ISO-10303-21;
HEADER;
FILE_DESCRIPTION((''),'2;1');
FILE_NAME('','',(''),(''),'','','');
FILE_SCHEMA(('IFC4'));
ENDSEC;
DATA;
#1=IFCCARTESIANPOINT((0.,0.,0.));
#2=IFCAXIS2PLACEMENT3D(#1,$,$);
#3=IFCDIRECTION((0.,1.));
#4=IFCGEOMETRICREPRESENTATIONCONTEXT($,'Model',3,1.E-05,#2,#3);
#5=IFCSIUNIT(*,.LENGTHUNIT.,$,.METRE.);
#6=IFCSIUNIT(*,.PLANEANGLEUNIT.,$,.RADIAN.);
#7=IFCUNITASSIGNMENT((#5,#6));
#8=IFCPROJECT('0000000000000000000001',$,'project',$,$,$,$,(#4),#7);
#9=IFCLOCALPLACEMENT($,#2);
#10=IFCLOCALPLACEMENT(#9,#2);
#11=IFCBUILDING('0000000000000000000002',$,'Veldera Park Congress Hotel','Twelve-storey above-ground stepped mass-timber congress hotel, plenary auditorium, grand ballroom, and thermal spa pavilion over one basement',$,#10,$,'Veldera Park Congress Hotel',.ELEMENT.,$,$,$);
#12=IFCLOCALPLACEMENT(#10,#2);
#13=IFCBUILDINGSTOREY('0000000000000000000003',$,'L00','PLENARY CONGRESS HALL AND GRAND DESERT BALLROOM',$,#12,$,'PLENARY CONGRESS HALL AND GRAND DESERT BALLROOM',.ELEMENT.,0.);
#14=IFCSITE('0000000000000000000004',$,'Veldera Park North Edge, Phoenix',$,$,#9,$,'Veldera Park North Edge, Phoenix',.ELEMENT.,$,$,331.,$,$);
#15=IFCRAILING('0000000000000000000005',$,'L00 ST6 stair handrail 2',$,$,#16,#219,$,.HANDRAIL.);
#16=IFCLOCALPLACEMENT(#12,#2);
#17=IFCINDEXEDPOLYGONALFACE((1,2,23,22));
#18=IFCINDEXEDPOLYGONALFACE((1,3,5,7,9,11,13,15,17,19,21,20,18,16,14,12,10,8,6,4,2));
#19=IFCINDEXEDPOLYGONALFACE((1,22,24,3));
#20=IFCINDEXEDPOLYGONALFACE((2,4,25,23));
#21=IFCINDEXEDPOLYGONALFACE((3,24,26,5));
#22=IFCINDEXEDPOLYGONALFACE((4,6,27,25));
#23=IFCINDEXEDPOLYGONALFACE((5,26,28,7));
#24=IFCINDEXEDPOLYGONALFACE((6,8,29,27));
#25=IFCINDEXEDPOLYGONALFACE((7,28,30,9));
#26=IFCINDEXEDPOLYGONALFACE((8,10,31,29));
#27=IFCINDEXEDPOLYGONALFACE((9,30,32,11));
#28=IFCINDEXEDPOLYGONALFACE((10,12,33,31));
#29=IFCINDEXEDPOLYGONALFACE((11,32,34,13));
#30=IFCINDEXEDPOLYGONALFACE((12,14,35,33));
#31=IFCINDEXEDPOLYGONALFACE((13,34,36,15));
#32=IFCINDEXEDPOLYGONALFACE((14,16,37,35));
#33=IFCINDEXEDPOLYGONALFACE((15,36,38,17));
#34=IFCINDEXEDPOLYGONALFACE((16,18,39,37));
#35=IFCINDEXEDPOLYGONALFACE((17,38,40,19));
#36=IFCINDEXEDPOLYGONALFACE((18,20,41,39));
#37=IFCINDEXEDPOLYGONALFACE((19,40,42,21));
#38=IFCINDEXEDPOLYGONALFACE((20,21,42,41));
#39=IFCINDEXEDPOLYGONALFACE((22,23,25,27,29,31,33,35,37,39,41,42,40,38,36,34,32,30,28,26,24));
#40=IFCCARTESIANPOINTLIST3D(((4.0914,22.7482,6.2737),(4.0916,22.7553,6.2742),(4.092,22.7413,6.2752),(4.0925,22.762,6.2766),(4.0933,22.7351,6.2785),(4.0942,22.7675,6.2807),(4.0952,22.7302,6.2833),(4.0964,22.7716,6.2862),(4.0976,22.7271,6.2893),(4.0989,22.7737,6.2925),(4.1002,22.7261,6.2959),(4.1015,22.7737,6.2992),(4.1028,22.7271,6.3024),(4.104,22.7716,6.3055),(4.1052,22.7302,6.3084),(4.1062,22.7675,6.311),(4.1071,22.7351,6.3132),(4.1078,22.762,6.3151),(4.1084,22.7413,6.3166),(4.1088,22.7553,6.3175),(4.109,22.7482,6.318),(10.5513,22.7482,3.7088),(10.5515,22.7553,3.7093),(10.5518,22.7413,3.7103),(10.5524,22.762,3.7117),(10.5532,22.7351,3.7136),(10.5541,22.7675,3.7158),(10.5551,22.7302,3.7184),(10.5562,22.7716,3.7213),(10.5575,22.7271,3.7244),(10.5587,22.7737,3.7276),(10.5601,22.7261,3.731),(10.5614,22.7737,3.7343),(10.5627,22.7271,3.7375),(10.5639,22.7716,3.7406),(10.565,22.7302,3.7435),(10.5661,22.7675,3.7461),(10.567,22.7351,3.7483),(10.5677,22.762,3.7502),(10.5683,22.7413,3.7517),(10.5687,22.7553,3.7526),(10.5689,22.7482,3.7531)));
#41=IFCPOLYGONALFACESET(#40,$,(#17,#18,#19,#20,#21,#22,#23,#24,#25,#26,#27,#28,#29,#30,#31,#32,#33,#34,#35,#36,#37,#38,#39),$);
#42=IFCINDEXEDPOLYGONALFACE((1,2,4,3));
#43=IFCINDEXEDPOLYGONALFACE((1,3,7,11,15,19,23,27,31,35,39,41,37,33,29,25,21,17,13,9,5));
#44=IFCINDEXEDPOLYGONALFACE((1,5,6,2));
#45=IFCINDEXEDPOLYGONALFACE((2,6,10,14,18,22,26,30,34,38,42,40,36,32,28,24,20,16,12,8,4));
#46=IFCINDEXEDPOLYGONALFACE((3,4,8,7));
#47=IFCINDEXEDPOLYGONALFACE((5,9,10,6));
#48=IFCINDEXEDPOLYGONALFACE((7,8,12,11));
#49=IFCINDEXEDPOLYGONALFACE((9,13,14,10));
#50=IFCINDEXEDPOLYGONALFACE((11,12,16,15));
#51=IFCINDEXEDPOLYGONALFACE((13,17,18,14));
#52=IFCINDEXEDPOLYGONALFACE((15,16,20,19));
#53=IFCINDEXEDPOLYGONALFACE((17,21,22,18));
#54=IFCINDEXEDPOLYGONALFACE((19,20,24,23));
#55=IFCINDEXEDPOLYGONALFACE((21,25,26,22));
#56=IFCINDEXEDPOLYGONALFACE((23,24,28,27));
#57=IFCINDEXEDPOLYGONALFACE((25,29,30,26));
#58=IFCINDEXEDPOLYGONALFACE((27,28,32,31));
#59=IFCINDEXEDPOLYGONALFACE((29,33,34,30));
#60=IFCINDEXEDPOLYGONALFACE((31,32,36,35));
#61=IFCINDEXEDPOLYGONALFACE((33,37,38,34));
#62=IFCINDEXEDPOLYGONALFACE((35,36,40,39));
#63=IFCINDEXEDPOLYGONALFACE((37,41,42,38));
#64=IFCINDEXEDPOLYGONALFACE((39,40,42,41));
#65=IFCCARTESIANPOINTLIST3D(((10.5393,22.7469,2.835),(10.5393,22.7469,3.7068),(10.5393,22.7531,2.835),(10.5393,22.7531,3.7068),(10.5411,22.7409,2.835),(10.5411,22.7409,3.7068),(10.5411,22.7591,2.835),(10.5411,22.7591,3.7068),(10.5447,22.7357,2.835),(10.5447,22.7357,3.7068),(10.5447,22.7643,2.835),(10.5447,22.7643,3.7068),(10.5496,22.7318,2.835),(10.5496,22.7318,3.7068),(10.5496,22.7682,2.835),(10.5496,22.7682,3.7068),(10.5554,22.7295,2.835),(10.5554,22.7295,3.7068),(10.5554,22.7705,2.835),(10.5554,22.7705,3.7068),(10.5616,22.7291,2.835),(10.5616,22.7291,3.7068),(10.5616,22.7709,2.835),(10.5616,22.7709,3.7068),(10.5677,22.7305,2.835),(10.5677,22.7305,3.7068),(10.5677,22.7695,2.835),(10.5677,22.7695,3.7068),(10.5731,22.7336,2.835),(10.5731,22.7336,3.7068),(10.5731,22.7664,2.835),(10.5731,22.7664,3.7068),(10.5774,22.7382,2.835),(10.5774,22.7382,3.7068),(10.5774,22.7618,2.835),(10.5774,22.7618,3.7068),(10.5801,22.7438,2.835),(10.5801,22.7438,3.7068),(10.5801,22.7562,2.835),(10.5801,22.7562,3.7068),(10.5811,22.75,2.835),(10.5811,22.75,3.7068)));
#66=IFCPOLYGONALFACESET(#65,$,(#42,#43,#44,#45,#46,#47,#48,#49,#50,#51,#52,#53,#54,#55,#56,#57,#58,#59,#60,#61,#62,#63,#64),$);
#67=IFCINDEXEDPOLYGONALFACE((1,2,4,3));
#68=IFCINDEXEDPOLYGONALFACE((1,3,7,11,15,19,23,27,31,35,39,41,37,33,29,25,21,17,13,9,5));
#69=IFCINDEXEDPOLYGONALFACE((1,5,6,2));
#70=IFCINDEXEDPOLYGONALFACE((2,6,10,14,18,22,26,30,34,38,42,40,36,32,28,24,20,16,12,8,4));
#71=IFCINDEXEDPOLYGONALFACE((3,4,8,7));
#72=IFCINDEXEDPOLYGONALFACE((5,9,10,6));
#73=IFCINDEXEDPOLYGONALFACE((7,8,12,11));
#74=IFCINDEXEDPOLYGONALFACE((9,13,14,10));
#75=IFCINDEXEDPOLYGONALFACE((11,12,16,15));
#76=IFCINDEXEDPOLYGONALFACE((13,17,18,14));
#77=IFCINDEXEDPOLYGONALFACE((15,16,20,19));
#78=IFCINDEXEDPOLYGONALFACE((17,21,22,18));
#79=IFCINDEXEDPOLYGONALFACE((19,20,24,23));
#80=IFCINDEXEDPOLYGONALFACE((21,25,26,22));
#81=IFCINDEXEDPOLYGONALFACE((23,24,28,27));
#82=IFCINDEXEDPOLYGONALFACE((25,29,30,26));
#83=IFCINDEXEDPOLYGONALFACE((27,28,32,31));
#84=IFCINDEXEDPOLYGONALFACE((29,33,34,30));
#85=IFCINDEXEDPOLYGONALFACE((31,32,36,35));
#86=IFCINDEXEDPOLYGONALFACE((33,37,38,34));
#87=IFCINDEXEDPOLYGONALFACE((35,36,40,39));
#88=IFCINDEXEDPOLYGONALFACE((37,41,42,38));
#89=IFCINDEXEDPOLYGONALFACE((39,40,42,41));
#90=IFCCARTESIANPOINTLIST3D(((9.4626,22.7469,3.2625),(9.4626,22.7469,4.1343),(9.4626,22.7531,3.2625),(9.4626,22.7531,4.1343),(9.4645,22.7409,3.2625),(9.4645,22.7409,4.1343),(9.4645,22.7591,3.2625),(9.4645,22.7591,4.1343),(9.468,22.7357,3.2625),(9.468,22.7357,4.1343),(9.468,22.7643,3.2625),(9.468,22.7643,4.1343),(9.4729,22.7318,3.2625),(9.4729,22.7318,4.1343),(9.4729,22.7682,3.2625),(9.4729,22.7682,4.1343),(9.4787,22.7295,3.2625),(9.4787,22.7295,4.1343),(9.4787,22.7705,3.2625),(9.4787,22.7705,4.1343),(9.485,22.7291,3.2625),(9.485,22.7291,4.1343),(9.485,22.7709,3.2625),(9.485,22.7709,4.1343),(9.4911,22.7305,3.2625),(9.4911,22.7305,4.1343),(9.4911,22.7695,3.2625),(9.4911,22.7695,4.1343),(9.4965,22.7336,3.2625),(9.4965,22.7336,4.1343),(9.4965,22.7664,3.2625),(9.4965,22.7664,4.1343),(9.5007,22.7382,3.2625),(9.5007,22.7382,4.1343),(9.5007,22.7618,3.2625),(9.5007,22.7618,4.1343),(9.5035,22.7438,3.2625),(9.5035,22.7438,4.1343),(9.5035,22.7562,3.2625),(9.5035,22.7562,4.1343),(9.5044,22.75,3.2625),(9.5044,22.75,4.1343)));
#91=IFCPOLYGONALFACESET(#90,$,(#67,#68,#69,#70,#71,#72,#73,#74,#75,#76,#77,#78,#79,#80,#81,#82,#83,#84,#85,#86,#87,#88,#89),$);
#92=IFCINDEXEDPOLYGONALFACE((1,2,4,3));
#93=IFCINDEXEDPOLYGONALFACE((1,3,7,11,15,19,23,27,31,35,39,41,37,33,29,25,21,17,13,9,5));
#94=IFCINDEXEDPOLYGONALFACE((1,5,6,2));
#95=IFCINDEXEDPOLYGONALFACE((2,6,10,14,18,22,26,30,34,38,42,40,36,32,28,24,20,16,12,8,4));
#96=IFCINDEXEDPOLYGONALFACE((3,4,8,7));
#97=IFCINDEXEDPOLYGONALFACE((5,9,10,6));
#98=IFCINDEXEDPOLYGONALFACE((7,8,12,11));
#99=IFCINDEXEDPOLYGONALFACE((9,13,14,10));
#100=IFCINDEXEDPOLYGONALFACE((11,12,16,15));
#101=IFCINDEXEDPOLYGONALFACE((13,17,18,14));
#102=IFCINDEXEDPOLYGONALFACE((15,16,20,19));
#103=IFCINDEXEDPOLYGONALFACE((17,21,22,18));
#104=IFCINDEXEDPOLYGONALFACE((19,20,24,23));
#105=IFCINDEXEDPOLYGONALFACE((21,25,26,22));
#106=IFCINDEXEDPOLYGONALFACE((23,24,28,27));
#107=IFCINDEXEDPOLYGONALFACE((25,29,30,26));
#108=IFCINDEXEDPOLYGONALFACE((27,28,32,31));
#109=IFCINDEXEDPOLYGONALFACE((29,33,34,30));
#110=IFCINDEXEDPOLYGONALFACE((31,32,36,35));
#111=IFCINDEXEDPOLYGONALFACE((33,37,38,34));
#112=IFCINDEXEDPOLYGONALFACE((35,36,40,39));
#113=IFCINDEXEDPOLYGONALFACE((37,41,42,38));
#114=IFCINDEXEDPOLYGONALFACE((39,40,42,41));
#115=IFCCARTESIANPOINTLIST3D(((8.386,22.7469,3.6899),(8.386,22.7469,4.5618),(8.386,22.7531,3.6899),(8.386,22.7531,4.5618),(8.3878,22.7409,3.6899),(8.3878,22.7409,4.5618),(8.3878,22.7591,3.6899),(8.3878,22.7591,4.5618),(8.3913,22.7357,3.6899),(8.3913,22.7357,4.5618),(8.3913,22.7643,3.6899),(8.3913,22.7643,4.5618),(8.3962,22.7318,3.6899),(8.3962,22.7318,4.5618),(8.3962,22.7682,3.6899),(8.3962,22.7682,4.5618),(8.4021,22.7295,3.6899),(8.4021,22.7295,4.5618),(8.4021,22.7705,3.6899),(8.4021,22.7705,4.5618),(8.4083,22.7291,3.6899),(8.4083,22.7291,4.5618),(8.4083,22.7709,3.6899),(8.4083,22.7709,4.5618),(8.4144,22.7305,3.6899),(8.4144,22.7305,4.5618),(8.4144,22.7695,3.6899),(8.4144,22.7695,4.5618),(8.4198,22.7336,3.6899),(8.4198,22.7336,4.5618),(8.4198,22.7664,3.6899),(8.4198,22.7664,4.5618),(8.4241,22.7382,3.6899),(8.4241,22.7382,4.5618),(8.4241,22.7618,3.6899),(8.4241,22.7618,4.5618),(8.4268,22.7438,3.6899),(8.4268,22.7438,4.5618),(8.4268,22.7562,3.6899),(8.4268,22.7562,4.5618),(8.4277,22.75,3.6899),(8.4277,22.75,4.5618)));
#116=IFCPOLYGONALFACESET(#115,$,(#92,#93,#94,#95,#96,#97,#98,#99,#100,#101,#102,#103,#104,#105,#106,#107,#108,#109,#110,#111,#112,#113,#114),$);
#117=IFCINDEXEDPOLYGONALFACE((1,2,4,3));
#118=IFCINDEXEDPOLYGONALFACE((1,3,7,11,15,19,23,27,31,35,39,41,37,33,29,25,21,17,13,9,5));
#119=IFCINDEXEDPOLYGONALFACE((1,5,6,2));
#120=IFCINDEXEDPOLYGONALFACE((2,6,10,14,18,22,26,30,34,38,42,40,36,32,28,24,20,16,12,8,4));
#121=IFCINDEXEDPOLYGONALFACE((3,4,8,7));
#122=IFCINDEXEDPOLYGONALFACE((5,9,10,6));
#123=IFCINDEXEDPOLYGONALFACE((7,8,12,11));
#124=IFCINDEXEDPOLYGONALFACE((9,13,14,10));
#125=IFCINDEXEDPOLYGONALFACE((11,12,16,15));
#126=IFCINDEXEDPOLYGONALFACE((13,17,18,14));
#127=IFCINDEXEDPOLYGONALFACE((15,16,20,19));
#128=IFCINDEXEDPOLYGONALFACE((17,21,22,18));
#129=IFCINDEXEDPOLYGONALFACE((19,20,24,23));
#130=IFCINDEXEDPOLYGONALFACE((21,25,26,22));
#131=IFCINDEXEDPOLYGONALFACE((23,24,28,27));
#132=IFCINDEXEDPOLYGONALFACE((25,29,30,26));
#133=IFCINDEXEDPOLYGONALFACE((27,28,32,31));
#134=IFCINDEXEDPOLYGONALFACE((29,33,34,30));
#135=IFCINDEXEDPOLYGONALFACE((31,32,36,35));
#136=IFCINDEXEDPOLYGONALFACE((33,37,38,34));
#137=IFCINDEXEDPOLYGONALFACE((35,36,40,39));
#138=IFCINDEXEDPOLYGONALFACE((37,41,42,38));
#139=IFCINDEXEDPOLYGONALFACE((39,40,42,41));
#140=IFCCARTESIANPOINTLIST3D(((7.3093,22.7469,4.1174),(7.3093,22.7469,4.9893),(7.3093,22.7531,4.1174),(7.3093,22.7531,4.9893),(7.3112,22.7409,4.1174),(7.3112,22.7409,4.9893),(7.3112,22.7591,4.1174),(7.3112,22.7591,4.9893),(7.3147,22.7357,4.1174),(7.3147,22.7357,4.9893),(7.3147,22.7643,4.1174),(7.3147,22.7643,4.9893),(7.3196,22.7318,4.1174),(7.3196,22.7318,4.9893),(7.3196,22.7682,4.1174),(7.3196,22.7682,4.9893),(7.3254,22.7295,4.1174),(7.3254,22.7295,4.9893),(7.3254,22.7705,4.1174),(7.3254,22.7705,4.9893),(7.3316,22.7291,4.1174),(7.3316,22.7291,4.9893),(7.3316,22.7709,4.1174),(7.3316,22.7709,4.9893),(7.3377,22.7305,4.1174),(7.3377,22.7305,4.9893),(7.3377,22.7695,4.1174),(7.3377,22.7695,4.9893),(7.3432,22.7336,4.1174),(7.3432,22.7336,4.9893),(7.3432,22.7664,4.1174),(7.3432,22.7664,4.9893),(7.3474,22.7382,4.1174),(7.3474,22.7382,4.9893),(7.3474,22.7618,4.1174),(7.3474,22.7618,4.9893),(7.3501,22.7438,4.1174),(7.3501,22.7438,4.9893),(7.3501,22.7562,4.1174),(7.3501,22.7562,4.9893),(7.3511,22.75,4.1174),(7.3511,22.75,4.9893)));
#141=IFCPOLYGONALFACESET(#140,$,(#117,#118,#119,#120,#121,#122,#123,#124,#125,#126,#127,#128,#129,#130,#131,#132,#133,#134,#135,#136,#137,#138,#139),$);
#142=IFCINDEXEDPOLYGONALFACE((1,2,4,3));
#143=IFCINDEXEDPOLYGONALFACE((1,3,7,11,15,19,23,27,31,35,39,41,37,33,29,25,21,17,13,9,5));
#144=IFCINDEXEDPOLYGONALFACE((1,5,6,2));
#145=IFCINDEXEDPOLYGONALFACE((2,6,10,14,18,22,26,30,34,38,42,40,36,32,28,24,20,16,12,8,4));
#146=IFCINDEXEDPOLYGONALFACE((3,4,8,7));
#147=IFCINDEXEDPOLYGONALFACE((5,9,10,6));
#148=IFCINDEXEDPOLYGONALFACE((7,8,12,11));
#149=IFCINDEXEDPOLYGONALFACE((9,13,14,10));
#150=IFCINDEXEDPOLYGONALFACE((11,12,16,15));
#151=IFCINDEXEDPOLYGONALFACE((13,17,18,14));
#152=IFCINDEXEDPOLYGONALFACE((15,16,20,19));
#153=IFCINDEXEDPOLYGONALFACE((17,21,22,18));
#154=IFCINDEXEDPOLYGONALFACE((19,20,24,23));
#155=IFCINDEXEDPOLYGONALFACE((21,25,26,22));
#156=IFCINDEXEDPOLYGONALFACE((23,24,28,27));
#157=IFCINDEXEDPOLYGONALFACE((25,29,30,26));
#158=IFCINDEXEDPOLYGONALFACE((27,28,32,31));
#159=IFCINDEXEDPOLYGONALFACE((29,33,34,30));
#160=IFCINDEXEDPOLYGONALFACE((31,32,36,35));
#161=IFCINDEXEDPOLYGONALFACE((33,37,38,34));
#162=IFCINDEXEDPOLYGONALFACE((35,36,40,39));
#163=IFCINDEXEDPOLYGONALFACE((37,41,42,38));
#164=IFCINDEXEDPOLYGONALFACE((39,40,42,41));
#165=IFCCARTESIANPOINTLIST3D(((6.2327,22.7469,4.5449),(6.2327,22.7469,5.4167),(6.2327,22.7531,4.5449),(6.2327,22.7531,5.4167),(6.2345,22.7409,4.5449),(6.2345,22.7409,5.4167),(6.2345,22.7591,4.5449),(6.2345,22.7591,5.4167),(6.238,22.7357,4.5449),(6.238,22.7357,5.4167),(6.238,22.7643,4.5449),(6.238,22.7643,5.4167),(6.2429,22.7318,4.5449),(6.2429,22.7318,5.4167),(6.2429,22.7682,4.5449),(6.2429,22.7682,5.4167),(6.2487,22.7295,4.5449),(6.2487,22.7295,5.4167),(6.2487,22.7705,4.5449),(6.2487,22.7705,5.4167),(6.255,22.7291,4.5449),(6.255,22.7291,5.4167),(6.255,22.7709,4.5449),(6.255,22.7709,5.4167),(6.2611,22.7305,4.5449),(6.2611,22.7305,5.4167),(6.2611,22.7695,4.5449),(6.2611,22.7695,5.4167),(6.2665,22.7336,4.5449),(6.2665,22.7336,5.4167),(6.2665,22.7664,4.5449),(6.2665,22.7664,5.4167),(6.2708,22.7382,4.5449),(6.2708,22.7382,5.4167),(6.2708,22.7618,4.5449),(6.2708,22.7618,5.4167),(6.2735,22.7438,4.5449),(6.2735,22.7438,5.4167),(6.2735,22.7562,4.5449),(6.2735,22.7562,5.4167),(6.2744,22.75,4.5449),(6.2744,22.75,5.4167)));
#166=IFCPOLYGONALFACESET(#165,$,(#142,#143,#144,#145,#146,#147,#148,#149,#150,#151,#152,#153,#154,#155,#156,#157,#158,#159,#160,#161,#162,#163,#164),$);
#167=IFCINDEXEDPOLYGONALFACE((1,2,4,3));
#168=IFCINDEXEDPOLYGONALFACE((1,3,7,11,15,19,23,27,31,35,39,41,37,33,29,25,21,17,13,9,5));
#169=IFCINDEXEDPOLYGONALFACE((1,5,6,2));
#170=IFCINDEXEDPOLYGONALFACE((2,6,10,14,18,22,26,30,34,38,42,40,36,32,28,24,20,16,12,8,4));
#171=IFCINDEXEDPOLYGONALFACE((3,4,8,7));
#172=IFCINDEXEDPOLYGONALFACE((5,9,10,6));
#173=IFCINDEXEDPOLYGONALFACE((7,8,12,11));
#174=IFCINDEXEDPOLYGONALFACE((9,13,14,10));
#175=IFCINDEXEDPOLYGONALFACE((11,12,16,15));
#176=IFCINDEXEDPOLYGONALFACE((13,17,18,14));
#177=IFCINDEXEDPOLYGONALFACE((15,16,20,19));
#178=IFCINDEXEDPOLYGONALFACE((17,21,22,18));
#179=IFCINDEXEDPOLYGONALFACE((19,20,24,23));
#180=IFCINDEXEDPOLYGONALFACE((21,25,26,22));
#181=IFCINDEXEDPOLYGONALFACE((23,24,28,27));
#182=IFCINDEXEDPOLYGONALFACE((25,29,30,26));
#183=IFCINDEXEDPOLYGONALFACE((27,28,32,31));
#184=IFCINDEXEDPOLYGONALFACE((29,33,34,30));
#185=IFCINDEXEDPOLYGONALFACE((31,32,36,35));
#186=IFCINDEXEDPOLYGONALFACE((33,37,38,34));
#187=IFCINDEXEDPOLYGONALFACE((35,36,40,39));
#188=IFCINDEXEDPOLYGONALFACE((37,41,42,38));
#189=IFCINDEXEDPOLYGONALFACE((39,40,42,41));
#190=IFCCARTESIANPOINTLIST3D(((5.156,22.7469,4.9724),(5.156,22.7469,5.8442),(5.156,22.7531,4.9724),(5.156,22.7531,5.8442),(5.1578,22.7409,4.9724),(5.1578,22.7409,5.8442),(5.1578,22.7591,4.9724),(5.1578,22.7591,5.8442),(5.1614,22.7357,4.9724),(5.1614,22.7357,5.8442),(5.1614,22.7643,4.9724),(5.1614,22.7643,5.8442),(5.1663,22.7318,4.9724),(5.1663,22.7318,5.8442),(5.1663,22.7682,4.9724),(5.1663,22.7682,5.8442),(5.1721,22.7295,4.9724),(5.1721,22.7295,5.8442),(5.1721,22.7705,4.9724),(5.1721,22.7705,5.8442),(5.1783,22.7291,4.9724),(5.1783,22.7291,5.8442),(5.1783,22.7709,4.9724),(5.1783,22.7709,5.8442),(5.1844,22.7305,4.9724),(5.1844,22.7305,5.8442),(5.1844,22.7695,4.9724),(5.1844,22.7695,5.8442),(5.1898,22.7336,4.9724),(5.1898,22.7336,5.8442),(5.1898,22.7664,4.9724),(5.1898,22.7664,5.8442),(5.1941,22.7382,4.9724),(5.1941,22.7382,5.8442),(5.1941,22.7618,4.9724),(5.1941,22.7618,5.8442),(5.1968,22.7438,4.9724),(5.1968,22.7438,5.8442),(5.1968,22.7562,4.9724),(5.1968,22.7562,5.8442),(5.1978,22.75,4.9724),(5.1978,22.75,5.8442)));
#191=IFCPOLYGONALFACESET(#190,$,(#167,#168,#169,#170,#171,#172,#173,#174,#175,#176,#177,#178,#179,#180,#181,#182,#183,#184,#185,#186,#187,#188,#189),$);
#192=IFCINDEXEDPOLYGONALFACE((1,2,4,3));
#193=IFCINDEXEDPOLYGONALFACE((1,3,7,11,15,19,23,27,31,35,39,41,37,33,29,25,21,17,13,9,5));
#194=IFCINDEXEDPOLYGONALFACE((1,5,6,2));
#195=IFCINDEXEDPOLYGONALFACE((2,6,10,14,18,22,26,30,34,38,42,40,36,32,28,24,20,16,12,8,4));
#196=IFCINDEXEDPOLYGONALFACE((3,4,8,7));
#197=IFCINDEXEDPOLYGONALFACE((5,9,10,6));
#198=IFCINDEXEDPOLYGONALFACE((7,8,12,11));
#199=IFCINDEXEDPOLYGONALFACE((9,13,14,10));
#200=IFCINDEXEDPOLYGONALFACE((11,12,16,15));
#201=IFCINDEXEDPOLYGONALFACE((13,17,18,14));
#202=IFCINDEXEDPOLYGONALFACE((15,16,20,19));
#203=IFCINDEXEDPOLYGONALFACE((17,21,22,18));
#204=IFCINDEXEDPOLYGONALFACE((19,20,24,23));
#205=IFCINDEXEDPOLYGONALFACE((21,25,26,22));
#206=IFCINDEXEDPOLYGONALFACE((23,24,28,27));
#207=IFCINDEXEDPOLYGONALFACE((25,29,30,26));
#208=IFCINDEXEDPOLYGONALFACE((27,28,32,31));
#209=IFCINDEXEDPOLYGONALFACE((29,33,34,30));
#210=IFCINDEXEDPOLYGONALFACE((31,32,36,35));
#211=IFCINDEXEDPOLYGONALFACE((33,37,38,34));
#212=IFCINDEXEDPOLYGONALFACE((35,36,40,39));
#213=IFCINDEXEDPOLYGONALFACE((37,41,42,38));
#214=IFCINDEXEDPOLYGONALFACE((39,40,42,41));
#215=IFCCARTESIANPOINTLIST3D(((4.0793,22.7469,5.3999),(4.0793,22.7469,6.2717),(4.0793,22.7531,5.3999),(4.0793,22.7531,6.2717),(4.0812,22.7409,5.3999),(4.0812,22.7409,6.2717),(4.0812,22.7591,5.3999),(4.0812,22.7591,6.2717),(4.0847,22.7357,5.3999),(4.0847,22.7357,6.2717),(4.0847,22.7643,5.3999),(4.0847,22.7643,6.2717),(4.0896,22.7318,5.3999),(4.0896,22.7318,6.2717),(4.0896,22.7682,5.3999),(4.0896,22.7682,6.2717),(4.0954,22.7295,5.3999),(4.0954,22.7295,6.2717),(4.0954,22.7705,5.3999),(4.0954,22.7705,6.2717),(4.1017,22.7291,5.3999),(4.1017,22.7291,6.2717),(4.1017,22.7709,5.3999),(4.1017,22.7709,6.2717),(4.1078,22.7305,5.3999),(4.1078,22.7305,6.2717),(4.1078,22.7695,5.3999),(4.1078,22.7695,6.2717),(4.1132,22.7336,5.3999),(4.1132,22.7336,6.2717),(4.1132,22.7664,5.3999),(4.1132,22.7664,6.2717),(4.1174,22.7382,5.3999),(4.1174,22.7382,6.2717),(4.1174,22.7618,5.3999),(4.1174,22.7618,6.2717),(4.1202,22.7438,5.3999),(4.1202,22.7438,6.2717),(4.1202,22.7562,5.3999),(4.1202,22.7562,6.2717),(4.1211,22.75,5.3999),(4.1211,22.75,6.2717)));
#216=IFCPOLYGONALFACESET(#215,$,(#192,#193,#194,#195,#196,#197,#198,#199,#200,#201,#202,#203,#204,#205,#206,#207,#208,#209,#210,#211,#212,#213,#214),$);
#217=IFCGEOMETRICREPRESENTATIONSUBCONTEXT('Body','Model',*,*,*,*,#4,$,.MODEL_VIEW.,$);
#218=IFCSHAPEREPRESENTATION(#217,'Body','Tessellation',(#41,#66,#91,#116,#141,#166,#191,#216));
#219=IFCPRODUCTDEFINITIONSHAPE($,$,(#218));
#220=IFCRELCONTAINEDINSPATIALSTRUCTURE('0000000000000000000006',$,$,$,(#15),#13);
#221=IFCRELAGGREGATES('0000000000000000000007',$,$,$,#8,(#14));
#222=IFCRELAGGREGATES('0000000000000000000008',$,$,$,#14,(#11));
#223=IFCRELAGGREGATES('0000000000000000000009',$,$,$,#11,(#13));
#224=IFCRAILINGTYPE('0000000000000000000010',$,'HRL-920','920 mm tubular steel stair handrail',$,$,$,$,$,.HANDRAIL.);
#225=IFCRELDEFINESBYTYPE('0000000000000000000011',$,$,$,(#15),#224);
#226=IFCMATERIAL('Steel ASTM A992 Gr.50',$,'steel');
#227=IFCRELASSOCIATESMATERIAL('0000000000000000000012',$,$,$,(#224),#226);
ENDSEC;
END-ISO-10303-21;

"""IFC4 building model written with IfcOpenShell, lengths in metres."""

from ifc_helpers import new_model, si_unit, direction, frame, origin, origin_2d, place, context, subcontext, project, spatial, circle, extrude, material, type_object, element, save


model = new_model("IFC4")

# Units and contexts
model_context = context("Model", 3, precision=1e-05, world=origin(), true_north=direction((0.0, 1.0)))
body_context = subcontext(model_context, "Body", "Model", "MODEL_VIEW")
ifc_project = project(units=[si_unit("LENGTHUNIT", "METRE"), si_unit("PLANEANGLEUNIT", "RADIAN")], contexts=[model_context])

# Site, building, storey
site_placement = place(None, origin())
site = spatial("IfcSite", under=ifc_project, at=site_placement, Name="Veldera Park North Edge, Phoenix", LongName="Veldera Park North Edge, Phoenix", CompositionType="ELEMENT", RefElevation=331.0)
building_placement = place(site_placement, origin())
building = spatial("IfcBuilding", under=site, at=building_placement, Name="Veldera Park Congress Hotel", Description="Twelve-storey above-ground stepped mass-timber congress hotel, plenary auditorium, grand ballroom, and thermal spa pavilion over one basement", LongName="Veldera Park Congress Hotel", CompositionType="ELEMENT")
storey_placement = place(building_placement, origin())
storey = spatial("IfcBuildingStorey", under=building, at=storey_placement, Name="L00", Description="PLENARY CONGRESS HALL AND GRAND DESERT BALLROOM", LongName="PLENARY CONGRESS HALL AND GRAND DESERT BALLROOM", CompositionType="ELEMENT", Elevation=0.0)

# Shared definitions
ifc_material_1 = material(Name="Steel ASTM A992 Gr.50", Category="steel")

# Railing
railing_type_1 = type_object("IfcRailingType", Name="HRL-920", Description="920 mm tubular steel stair handrail", PredefinedType="HANDRAIL", material=ifc_material_1)
railing_1_placement = place(storey_placement, frame((10.5601, 22.75, 2.835)))
element("IfcRailing", 1, at=railing_1_placement, inside=storey, type_object=railing_type_1, Name="L00 ST6 stair handrail 2", PredefinedType="HANDRAIL", context=body_context, shape_type="SweptSolid", body=[
    extrude(circle(Radius=0.0239, at=origin_2d()), frame((0.0, 0.0, 0.896), z_axis=(-0.929418, 0.0, 0.369028), x_axis=(0.0, -1.0, 0.0)), (0.0, 0.0, 1.0), 6.9504),
    extrude(circle(Radius=0.021, at=origin_2d()), origin(), (0.0, 0.0, 1.0), 0.8718),
    extrude(circle(Radius=0.021, at=origin_2d()), frame((-1.0767, 0.0, 0.4275)), (0.0, 0.0, 1.0), 0.8718),
    extrude(circle(Radius=0.021, at=origin_2d()), frame((-2.1533, 0.0, 0.855)), (0.0, 0.0, 1.0), 0.8718),
    extrude(circle(Radius=0.021, at=origin_2d()), frame((-3.23, 0.0, 1.2825)), (0.0, 0.0, 1.0), 0.8718),
    extrude(circle(Radius=0.021, at=origin_2d()), frame((-4.3066, 0.0, 1.71)), (0.0, 0.0, 1.0), 0.8718),
    extrude(circle(Radius=0.021, at=origin_2d()), frame((-5.3833, 0.0, 2.1375)), (0.0, 0.0, 1.0), 0.8718),
    extrude(circle(Radius=0.021, at=origin_2d()), frame((-6.46, 0.0, 2.5649)), (0.0, 0.0, 1.0), 0.8718),
])

save(model, "model.ifc")
